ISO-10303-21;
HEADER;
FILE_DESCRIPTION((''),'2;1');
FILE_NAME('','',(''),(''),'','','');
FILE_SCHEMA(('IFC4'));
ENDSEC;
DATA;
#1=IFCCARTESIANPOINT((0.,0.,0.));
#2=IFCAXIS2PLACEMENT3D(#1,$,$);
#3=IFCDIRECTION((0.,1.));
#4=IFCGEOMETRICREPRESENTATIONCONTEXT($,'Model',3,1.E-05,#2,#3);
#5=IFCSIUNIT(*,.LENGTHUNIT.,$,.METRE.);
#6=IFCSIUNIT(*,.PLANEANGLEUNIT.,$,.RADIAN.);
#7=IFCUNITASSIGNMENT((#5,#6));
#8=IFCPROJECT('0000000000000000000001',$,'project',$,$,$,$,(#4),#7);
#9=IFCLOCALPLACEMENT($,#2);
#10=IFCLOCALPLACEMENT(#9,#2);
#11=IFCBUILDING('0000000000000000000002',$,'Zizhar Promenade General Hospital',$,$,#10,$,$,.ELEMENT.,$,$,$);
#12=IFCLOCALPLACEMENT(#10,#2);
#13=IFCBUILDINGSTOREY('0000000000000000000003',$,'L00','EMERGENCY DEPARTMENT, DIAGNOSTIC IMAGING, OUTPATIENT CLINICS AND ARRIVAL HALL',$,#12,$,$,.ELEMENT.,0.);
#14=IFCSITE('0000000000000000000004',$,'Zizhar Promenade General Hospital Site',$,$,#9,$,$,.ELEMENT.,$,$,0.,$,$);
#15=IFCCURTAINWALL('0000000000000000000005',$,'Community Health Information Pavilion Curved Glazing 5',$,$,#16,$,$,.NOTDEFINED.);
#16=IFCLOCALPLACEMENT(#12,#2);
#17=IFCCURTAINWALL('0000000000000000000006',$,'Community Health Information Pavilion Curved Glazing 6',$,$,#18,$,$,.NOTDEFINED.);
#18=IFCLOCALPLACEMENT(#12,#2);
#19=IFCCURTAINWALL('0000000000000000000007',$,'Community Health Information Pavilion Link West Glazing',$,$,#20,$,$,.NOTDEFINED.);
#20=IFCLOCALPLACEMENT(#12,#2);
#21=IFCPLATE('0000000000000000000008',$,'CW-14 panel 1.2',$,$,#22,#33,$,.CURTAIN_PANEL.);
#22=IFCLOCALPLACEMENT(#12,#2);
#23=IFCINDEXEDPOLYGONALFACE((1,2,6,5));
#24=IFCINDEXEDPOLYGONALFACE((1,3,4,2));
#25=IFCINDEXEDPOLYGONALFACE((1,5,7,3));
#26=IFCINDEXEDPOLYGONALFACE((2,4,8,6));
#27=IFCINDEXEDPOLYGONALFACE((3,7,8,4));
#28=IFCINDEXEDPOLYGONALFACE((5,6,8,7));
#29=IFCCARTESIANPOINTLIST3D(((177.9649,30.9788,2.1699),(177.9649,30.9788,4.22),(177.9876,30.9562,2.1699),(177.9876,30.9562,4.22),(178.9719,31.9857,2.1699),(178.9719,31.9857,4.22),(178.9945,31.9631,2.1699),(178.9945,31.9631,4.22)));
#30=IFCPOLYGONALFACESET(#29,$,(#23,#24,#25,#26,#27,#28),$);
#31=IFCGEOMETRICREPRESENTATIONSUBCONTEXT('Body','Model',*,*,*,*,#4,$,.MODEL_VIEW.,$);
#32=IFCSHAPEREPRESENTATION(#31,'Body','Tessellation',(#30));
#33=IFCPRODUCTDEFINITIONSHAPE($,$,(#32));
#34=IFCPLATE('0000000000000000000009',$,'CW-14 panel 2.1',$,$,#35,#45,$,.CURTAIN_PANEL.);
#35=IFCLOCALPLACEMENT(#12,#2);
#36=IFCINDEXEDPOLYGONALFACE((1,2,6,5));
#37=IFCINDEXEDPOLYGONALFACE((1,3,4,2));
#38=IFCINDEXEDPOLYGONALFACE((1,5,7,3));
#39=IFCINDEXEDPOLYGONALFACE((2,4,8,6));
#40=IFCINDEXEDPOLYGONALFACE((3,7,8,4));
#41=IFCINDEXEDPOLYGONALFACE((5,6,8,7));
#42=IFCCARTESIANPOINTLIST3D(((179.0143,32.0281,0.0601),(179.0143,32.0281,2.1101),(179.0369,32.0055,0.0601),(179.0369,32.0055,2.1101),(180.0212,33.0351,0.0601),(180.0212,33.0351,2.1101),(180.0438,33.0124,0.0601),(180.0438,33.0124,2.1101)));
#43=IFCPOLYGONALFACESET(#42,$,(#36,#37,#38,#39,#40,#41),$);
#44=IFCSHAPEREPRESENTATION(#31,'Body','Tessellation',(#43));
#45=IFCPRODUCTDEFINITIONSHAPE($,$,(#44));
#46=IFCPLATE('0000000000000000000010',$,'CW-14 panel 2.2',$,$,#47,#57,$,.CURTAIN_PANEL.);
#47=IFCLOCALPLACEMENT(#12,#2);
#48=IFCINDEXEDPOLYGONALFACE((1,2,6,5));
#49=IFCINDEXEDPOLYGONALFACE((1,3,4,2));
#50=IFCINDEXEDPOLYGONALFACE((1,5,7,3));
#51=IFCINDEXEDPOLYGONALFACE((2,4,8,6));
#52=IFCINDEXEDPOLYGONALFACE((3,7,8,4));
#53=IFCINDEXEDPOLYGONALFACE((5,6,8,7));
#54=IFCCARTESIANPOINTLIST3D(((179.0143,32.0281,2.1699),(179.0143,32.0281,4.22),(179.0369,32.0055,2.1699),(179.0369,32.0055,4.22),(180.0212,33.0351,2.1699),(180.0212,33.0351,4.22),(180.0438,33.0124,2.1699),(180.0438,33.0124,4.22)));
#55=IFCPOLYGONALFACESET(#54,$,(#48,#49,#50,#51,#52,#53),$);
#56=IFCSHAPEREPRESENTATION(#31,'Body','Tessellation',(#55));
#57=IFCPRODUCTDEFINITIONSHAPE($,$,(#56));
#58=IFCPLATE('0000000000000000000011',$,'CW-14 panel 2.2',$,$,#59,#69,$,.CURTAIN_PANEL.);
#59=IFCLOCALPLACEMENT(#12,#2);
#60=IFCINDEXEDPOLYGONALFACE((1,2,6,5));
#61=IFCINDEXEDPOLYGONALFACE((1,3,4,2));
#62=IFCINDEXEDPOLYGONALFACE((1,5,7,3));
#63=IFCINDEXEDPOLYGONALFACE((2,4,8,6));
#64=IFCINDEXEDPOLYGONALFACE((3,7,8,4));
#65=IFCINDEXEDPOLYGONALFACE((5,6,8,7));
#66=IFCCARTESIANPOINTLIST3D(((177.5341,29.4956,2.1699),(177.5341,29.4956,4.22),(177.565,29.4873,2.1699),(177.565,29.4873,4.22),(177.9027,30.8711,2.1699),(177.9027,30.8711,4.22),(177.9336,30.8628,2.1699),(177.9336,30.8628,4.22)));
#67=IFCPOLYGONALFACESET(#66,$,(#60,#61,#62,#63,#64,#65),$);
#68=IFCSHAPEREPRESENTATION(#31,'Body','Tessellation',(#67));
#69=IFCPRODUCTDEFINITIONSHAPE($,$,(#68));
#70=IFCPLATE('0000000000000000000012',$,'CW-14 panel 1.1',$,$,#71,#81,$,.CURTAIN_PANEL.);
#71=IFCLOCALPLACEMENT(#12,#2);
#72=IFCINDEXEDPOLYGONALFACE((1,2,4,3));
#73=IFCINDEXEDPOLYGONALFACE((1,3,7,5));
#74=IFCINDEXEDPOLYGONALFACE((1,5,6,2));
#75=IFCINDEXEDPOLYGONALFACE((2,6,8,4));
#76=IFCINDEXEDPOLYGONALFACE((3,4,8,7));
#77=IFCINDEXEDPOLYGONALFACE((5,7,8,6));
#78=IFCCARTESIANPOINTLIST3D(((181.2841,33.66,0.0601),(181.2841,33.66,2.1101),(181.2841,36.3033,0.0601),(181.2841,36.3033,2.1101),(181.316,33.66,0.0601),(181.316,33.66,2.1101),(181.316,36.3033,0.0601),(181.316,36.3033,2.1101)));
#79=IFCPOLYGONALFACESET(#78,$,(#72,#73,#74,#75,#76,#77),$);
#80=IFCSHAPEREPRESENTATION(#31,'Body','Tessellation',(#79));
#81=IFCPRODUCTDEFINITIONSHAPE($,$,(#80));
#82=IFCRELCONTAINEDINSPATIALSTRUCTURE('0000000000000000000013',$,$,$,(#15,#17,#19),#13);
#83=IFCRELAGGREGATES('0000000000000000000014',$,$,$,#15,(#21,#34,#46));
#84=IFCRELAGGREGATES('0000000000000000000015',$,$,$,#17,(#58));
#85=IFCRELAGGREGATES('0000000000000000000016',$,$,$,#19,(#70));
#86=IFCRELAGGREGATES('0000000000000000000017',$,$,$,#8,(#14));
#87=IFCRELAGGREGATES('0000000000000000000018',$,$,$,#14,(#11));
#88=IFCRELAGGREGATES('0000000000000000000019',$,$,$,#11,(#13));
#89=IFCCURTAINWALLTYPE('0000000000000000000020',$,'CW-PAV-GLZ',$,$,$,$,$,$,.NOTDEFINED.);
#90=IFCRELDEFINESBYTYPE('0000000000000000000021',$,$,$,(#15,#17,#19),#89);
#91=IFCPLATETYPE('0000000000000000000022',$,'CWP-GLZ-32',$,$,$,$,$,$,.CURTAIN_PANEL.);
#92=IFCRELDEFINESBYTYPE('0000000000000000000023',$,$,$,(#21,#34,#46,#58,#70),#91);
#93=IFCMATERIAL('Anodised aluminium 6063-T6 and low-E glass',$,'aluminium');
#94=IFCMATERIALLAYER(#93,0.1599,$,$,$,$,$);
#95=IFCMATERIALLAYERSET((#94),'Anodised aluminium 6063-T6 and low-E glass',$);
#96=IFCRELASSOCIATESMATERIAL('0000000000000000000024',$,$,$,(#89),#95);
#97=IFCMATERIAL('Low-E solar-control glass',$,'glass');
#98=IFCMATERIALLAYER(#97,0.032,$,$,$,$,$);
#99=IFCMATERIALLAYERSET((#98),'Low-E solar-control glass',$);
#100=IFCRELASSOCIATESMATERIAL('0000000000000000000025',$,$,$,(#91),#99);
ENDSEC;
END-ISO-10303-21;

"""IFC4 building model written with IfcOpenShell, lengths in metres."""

from ifc_helpers import new_model, si_unit, direction, frame, origin, origin_2d, place, context, subcontext, project, spatial, rectangle, extrude, material, layer, layer_set, type_object, element, aggregate, save


model = new_model("IFC4")

# Units and contexts
model_context = context("Model", 3, precision=1e-05, world=origin(), true_north=direction((0.0, 1.0)))
body_context = subcontext(model_context, "Body", "Model", "MODEL_VIEW")
ifc_project = project(units=[si_unit("LENGTHUNIT", "METRE"), si_unit("PLANEANGLEUNIT", "RADIAN")], contexts=[model_context])

# Site, building, storey
site_placement = place(None, origin())
site = spatial("IfcSite", under=ifc_project, at=site_placement, Name="Zizhar Promenade General Hospital Site", CompositionType="ELEMENT", RefElevation=0.0)
building_placement = place(site_placement, origin())
building = spatial("IfcBuilding", under=site, at=building_placement, Name="Zizhar Promenade General Hospital", CompositionType="ELEMENT")
storey_placement = place(building_placement, origin())
storey = spatial("IfcBuildingStorey", under=building, at=storey_placement, Name="L00", Description="EMERGENCY DEPARTMENT, DIAGNOSTIC IMAGING, OUTPATIENT CLINICS AND ARRIVAL HALL", CompositionType="ELEMENT", Elevation=0.0)

# Curtain wall
ifc_material_1 = material(Name="Anodised aluminium 6063-T6 and low-E glass", Category="aluminium")
ifc_layer_1 = layer(ifc_material_1, 0.1599)
ifc_layer_set_1 = layer_set([ifc_layer_1], Name="Anodised aluminium 6063-T6 and low-E glass")
curtain_wall_type = type_object("IfcCurtainWallType", Name="CW-PAV-GLZ", PredefinedType="NOTDEFINED", material=ifc_layer_set_1)
curtain_wall_1_placement = place(storey_placement, origin())
curtain_wall_1 = element("IfcCurtainWall", 1, at=curtain_wall_1_placement, inside=storey, type_object=curtain_wall_type, Name="Community Health Information Pavilion Curved Glazing 5", PredefinedType="NOTDEFINED")

# Curtain walls
curtain_wall_2_placement = place(storey_placement, origin())
curtain_wall_2 = element("IfcCurtainWall", 2, at=curtain_wall_2_placement, inside=storey, type_object=curtain_wall_type, Name="Community Health Information Pavilion Curved Glazing 6", PredefinedType="NOTDEFINED")
curtain_wall_3_placement = place(storey_placement, origin())
curtain_wall_3 = element("IfcCurtainWall", 3, at=curtain_wall_3_placement, inside=storey, type_object=curtain_wall_type, Name="Community Health Information Pavilion Link West Glazing", PredefinedType="NOTDEFINED")

# Plates
ifc_material_2 = material(Name="Low-E solar-control glass", Category="glass")
ifc_layer_2 = layer(ifc_material_2, 0.032)
ifc_layer_set_2 = layer_set([ifc_layer_2], Name="Low-E solar-control glass")
plate_type = type_object("IfcPlateType", Name="CWP-GLZ-32", PredefinedType="CURTAIN_PANEL", material=ifc_layer_set_2)
plate_1_placement = place(storey_placement, frame((178.4797, 31.4709, 2.1699), z_axis=(0.0, 0.0, 1.0), x_axis=(0.707107, 0.707107, 0.0)))
plate_1 = element("IfcPlate", 4, at=plate_1_placement, type_object=plate_type, Name="CW-14 panel 1.2", PredefinedType="CURTAIN_PANEL", context=body_context, shape_type="SweptSolid", body=[
    extrude(rectangle(XDim=1.4241, YDim=0.032, at=origin_2d()), origin(), (0.0, 0.0, 1.0), 2.05),
])
plate_2_placement = place(storey_placement, frame((179.5291, 32.5203, 0.0601), z_axis=(0.0, 0.0, 1.0), x_axis=(0.707107, 0.707107, 0.0)))
plate_2 = element("IfcPlate", 5, at=plate_2_placement, type_object=plate_type, Name="CW-14 panel 2.1", PredefinedType="CURTAIN_PANEL", context=body_context, shape_type="SweptSolid", body=[
    extrude(rectangle(XDim=1.4241, YDim=0.032, at=origin_2d()), origin(), (0.0, 0.0, 1.0), 2.05),
])
plate_3_placement = place(storey_placement, frame((179.5291, 32.5203, 2.1699), z_axis=(0.0, 0.0, 1.0), x_axis=(0.707107, 0.707107, 0.0)))
plate_3 = element("IfcPlate", 6, at=plate_3_placement, type_object=plate_type, Name="CW-14 panel 2.2", PredefinedType="CURTAIN_PANEL", context=body_context, shape_type="SweptSolid", body=[
    extrude(rectangle(XDim=1.4241, YDim=0.032, at=origin_2d()), origin(), (0.0, 0.0, 1.0), 2.05),
])
aggregate(curtain_wall_1, [plate_1, plate_2, plate_3])
plate_4_placement = place(storey_placement, frame((177.7339, 30.1792, 2.1699), z_axis=(0.0, 0.0, 1.0), x_axis=(0.258834, 0.965922, 0.0)))
plate_4 = element("IfcPlate", 7, at=plate_4_placement, type_object=plate_type, Name="CW-14 panel 2.2", PredefinedType="CURTAIN_PANEL", context=body_context, shape_type="SweptSolid", body=[
    extrude(rectangle(XDim=1.4241, YDim=0.032, at=origin_2d()), origin(), (0.0, 0.0, 1.0), 2.05),
])
aggregate(curtain_wall_2, [plate_4])
plate_5_placement = place(storey_placement, frame((181.3, 34.9817, 0.0601), z_axis=(0.0, 0.0, 1.0), x_axis=(0.0, 1.0, 0.0)))
plate_5 = element("IfcPlate", 8, at=plate_5_placement, type_object=plate_type, Name="CW-14 panel 1.1", PredefinedType="CURTAIN_PANEL", context=body_context, shape_type="SweptSolid", body=[
    extrude(rectangle(XDim=2.6433, YDim=0.032, at=origin_2d()), origin(), (0.0, 0.0, 1.0), 2.05),
])
aggregate(curtain_wall_3, [plate_5])

save(model, "model.ifc")
